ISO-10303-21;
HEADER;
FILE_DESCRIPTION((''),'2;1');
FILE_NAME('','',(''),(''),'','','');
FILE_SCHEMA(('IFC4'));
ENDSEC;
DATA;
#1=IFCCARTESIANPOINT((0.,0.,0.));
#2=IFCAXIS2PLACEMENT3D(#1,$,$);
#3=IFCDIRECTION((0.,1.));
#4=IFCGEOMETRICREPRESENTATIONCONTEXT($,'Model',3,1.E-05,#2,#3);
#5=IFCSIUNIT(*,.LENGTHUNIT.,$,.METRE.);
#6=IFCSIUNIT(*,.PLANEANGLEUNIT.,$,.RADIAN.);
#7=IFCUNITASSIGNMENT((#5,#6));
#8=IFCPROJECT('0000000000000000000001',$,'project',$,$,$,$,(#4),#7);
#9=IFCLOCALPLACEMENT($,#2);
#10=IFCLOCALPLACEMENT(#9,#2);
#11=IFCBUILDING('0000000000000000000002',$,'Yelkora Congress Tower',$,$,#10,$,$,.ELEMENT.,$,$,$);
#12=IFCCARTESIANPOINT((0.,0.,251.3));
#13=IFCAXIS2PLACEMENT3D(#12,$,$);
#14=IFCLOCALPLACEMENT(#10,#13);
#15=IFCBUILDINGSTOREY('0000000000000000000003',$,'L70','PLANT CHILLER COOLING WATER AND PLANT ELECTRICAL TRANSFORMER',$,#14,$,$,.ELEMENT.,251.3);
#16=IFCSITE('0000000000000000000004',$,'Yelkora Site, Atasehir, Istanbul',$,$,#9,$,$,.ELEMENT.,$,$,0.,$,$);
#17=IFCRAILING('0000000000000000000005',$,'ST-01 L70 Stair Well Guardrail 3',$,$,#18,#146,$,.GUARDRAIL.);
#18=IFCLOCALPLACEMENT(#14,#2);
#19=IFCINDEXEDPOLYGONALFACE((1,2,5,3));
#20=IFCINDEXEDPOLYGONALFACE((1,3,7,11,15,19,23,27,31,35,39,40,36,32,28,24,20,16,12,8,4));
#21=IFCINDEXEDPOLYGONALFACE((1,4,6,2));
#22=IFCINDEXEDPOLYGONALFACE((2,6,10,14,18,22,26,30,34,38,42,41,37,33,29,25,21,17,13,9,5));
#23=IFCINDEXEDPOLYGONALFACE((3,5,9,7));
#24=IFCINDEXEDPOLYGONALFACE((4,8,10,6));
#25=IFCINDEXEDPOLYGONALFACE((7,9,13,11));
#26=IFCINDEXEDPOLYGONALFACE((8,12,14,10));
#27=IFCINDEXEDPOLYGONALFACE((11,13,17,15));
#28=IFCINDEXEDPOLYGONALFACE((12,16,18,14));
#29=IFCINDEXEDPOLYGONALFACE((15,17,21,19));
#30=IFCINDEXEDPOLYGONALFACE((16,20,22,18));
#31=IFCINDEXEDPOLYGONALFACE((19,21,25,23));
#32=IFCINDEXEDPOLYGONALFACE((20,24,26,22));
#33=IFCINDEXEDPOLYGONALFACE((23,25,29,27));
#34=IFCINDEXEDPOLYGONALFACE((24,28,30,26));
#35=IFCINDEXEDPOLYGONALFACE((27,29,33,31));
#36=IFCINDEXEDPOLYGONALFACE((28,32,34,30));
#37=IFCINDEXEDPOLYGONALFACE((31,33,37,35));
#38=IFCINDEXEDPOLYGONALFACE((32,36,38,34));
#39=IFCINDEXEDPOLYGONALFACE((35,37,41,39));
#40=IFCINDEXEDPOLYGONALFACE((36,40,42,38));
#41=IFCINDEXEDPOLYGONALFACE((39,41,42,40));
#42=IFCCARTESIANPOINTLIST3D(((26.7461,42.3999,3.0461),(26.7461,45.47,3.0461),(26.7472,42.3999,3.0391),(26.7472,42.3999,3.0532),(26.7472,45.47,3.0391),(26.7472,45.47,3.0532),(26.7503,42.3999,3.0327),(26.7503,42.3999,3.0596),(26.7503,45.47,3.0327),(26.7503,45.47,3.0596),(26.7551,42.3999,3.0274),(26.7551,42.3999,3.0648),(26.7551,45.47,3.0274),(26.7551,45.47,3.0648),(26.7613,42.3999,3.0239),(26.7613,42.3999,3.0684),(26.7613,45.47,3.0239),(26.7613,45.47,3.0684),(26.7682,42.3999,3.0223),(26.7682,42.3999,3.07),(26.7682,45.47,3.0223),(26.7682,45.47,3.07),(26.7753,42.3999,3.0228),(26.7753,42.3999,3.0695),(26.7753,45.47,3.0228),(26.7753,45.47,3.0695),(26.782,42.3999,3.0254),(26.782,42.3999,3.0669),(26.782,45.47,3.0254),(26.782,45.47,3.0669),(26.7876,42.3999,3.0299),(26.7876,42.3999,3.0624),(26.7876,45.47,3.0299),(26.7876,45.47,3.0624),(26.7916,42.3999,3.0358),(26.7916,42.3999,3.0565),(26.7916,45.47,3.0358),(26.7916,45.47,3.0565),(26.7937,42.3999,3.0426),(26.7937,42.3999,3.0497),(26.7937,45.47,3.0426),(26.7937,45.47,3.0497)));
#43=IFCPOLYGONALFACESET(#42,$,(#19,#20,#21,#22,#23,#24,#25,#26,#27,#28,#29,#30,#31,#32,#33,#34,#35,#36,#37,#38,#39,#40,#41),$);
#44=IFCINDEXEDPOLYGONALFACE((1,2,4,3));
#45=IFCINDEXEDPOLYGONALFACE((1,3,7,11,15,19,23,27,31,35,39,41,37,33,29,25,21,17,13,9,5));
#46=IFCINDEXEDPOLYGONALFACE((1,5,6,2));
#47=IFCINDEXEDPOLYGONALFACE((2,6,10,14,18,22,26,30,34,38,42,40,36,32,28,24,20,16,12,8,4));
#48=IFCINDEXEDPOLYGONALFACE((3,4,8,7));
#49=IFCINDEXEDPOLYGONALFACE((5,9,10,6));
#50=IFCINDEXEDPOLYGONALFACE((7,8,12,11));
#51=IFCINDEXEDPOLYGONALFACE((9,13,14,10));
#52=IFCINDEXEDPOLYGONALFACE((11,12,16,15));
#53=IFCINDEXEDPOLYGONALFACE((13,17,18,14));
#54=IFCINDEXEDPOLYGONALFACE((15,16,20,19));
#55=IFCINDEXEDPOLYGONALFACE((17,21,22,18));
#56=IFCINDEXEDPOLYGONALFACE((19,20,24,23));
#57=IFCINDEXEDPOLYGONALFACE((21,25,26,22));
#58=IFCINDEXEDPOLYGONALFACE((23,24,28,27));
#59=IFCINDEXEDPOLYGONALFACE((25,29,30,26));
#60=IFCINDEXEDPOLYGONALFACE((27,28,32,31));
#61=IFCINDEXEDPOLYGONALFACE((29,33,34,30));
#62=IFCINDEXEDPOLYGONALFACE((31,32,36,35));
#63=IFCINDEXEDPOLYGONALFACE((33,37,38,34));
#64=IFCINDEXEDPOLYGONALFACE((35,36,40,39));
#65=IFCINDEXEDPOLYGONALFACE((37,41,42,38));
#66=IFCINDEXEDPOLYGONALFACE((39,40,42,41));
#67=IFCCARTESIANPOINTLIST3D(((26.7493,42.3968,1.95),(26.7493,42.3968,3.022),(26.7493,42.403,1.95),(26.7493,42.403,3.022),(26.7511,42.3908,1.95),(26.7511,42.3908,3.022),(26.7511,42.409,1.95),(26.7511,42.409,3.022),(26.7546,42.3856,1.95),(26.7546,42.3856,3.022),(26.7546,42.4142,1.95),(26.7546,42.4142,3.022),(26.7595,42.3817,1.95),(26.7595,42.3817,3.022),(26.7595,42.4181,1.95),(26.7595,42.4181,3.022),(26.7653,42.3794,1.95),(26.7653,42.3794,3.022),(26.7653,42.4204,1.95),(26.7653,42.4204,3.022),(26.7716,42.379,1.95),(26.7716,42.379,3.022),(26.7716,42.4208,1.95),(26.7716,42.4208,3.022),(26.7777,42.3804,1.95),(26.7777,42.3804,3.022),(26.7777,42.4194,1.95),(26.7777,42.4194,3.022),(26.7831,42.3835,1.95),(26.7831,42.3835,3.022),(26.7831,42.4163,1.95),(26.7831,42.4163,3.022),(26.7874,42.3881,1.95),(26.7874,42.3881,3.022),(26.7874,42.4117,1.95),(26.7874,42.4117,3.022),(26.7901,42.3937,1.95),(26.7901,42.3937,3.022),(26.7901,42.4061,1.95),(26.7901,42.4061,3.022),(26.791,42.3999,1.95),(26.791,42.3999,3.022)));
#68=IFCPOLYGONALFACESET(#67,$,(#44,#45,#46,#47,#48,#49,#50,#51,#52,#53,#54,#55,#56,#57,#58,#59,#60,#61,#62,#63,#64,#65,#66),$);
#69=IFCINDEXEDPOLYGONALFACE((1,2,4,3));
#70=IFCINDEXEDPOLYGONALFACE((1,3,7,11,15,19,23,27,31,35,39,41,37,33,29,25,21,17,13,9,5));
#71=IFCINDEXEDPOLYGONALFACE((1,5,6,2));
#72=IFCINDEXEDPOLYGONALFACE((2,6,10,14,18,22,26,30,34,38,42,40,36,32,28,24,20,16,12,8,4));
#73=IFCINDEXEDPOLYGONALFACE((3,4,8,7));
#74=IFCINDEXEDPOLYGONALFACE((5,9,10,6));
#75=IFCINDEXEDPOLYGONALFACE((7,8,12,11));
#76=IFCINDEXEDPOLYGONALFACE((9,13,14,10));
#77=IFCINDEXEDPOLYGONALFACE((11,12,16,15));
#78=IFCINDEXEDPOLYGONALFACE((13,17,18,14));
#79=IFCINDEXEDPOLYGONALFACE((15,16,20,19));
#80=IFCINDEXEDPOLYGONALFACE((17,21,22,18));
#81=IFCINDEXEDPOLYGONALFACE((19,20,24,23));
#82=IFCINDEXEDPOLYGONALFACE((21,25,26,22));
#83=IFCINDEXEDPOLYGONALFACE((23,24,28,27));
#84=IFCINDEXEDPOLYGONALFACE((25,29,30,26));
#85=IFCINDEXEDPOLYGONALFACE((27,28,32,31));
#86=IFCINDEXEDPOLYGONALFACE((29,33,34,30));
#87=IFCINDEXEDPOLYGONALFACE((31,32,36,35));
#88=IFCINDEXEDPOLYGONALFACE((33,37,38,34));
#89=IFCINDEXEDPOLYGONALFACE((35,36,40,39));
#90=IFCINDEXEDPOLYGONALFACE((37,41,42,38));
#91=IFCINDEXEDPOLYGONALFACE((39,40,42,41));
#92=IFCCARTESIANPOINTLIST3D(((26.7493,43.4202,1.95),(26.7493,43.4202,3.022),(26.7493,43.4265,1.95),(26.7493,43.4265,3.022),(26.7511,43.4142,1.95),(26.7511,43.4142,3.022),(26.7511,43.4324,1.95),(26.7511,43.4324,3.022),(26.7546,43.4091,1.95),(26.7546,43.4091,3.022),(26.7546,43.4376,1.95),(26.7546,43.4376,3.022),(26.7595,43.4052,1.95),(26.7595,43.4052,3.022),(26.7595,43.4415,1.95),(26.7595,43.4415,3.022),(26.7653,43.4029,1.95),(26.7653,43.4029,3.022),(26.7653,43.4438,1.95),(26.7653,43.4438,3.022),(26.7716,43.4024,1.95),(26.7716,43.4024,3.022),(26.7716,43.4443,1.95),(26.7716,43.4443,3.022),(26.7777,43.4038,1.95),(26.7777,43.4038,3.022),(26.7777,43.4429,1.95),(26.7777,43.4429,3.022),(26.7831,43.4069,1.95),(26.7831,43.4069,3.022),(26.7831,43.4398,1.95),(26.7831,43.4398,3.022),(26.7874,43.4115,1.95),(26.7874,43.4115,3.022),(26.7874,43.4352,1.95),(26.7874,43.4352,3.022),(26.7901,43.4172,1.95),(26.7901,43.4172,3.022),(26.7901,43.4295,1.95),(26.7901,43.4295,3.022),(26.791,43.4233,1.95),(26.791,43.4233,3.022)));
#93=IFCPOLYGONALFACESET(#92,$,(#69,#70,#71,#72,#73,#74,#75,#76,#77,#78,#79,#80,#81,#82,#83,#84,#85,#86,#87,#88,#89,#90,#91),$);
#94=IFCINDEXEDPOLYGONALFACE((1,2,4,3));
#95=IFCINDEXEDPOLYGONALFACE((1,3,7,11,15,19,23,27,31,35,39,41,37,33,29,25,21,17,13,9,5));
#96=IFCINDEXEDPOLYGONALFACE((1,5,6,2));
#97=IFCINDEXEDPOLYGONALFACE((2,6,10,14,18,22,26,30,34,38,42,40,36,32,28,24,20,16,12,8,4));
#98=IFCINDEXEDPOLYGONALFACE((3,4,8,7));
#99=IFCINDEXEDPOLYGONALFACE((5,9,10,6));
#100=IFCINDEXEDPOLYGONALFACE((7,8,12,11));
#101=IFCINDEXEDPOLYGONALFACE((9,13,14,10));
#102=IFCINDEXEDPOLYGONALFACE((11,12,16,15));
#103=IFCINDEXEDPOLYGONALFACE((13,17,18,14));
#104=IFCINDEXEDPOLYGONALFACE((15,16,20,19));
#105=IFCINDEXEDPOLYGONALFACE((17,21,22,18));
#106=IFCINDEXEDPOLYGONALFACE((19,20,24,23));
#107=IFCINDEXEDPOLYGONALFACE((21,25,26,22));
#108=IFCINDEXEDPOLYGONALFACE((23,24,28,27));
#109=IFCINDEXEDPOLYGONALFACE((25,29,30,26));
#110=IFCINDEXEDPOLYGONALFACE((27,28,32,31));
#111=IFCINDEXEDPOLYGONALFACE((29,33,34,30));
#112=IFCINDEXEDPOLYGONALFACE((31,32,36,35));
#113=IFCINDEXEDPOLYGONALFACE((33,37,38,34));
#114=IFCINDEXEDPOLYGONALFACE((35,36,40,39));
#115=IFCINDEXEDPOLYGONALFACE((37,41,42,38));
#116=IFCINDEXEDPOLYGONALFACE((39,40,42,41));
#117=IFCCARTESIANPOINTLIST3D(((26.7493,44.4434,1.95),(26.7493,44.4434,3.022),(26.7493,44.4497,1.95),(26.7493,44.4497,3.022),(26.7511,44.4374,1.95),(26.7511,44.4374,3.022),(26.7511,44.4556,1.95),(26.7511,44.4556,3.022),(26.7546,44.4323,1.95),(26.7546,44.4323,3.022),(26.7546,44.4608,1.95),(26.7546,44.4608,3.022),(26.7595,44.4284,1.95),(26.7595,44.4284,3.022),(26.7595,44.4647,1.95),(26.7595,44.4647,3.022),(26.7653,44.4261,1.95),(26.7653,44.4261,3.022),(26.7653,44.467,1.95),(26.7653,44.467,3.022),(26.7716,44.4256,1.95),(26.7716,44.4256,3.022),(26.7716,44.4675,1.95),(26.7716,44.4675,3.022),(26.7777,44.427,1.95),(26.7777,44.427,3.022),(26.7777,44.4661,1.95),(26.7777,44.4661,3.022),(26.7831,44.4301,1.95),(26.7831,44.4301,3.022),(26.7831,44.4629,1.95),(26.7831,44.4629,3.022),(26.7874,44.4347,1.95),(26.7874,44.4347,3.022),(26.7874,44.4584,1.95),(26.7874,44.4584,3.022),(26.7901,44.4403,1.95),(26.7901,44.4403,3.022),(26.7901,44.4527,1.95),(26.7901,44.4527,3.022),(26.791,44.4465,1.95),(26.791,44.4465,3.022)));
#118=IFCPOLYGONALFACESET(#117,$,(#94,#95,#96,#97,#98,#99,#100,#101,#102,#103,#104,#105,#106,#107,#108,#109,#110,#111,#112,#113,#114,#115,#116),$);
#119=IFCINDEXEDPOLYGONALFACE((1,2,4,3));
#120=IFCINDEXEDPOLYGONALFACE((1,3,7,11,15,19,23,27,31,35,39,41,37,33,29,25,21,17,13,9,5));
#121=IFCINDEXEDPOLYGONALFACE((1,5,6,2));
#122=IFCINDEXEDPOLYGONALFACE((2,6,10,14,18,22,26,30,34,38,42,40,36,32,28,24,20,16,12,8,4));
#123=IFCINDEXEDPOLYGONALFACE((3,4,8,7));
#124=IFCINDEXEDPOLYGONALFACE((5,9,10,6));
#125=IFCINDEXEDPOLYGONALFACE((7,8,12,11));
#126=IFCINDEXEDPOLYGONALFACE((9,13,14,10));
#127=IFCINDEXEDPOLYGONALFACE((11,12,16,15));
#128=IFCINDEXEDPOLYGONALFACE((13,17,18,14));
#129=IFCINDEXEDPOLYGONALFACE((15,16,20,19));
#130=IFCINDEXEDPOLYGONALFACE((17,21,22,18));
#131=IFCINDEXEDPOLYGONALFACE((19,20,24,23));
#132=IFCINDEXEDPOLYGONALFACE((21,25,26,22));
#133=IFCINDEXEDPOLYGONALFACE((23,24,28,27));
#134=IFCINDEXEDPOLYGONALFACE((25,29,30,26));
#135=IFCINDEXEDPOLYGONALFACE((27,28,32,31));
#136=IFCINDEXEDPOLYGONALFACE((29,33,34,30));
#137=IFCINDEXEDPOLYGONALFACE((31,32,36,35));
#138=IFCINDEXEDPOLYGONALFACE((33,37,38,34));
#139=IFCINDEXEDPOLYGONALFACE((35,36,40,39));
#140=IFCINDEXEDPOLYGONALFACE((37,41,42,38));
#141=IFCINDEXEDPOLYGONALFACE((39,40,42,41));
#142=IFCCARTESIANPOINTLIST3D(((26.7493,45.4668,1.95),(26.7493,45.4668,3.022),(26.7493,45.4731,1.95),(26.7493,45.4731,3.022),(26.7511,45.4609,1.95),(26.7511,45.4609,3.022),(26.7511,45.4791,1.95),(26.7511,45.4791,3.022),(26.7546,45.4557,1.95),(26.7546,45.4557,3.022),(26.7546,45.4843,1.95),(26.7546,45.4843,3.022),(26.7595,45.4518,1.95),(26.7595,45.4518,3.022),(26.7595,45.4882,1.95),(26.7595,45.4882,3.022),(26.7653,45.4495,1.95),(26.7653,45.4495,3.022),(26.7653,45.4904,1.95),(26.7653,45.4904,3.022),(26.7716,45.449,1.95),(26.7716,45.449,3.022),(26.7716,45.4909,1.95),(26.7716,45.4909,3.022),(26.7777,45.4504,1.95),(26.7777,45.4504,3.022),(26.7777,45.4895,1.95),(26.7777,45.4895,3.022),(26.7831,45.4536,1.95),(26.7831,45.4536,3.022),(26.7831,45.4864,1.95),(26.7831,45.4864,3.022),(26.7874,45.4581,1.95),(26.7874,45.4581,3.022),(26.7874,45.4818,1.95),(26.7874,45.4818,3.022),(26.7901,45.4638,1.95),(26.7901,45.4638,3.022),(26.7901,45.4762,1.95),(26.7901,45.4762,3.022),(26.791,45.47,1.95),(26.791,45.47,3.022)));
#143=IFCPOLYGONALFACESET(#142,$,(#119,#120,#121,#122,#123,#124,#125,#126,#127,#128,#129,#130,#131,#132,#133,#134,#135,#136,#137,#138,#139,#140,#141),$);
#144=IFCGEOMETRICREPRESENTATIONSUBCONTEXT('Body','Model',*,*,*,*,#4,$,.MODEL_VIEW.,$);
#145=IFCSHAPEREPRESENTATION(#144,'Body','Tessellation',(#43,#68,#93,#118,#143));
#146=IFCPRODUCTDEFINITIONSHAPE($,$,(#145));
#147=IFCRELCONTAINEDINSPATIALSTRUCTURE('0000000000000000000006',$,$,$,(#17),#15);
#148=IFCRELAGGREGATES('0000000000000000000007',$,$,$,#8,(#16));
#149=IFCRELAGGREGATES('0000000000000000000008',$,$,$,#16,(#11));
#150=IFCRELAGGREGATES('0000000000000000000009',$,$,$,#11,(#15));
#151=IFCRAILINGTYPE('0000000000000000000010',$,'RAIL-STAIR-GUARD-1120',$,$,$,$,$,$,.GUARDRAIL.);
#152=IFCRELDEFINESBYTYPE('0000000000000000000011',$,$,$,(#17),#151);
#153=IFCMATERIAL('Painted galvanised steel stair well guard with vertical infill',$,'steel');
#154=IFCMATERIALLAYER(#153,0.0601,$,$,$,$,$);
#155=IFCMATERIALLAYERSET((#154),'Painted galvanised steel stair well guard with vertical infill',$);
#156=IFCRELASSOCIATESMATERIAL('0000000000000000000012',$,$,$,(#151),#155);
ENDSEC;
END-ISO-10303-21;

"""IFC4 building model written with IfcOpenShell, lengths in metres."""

from ifc_helpers import new_model, si_unit, direction, frame, origin, origin_2d, place, context, subcontext, project, spatial, circle, extrude, material, layer, layer_set, type_object, element, save


model = new_model("IFC4")

# Units and contexts
model_context = context("Model", 3, precision=1e-05, world=origin(), true_north=direction((0.0, 1.0)))
body_context = subcontext(model_context, "Body", "Model", "MODEL_VIEW")
ifc_project = project(units=[si_unit("LENGTHUNIT", "METRE"), si_unit("PLANEANGLEUNIT", "RADIAN")], contexts=[model_context])

# Site, building, storey
site_placement = place(None, origin())
site = spatial("IfcSite", under=ifc_project, at=site_placement, Name="Yelkora Site, Atasehir, Istanbul", CompositionType="ELEMENT", RefElevation=0.0)
building_placement = place(site_placement, origin())
building = spatial("IfcBuilding", under=site, at=building_placement, Name="Yelkora Congress Tower", CompositionType="ELEMENT")
storey_placement = place(building_placement, frame((0.0, 0.0, 251.3)))
storey = spatial("IfcBuildingStorey", under=building, at=storey_placement, Name="L70", Description="PLANT CHILLER COOLING WATER AND PLANT ELECTRICAL TRANSFORMER", CompositionType="ELEMENT", Elevation=251.3)

# Railing
ifc_material_1 = material(Name="Painted galvanised steel stair well guard with vertical infill", Category="steel")
ifc_layer_1 = layer(ifc_material_1, 0.0601)
ifc_layer_set_1 = layer_set([ifc_layer_1], Name="Painted galvanised steel stair well guard with vertical infill")
railing_type_1 = type_object("IfcRailingType", Name="RAIL-STAIR-GUARD-1120", PredefinedType="GUARDRAIL", material=ifc_layer_set_1)
railing_1_placement = place(storey_placement, frame((26.77, 42.3999, 1.95)))
element("IfcRailing", 1, at=railing_1_placement, inside=storey, type_object=railing_type_1, Name="ST-01 L70 Stair Well Guardrail 3", PredefinedType="GUARDRAIL", context=body_context, shape_type="SweptSolid", body=[
    extrude(circle(Radius=0.0239, at=origin_2d()), frame((0.0, 0.0, 1.0962), z_axis=(0.0, 1.0, 0.0), x_axis=(-1.0, 0.0, 0.0)), (0.0, 0.0, 1.0), 3.0701),
    extrude(circle(Radius=0.021, at=origin_2d()), origin(), (0.0, 0.0, 1.0), 1.072),
    extrude(circle(Radius=0.021, at=origin_2d()), frame((0.0, 1.0234, 0.0)), (0.0, 0.0, 1.0), 1.072),
    extrude(circle(Radius=0.021, at=origin_2d()), frame((0.0, 2.0466, 0.0)), (0.0, 0.0, 1.0), 1.072),
    extrude(circle(Radius=0.021, at=origin_2d()), frame((0.0, 3.0701, 0.0)), (0.0, 0.0, 1.0), 1.072),
])

save(model, "model.ifc")
